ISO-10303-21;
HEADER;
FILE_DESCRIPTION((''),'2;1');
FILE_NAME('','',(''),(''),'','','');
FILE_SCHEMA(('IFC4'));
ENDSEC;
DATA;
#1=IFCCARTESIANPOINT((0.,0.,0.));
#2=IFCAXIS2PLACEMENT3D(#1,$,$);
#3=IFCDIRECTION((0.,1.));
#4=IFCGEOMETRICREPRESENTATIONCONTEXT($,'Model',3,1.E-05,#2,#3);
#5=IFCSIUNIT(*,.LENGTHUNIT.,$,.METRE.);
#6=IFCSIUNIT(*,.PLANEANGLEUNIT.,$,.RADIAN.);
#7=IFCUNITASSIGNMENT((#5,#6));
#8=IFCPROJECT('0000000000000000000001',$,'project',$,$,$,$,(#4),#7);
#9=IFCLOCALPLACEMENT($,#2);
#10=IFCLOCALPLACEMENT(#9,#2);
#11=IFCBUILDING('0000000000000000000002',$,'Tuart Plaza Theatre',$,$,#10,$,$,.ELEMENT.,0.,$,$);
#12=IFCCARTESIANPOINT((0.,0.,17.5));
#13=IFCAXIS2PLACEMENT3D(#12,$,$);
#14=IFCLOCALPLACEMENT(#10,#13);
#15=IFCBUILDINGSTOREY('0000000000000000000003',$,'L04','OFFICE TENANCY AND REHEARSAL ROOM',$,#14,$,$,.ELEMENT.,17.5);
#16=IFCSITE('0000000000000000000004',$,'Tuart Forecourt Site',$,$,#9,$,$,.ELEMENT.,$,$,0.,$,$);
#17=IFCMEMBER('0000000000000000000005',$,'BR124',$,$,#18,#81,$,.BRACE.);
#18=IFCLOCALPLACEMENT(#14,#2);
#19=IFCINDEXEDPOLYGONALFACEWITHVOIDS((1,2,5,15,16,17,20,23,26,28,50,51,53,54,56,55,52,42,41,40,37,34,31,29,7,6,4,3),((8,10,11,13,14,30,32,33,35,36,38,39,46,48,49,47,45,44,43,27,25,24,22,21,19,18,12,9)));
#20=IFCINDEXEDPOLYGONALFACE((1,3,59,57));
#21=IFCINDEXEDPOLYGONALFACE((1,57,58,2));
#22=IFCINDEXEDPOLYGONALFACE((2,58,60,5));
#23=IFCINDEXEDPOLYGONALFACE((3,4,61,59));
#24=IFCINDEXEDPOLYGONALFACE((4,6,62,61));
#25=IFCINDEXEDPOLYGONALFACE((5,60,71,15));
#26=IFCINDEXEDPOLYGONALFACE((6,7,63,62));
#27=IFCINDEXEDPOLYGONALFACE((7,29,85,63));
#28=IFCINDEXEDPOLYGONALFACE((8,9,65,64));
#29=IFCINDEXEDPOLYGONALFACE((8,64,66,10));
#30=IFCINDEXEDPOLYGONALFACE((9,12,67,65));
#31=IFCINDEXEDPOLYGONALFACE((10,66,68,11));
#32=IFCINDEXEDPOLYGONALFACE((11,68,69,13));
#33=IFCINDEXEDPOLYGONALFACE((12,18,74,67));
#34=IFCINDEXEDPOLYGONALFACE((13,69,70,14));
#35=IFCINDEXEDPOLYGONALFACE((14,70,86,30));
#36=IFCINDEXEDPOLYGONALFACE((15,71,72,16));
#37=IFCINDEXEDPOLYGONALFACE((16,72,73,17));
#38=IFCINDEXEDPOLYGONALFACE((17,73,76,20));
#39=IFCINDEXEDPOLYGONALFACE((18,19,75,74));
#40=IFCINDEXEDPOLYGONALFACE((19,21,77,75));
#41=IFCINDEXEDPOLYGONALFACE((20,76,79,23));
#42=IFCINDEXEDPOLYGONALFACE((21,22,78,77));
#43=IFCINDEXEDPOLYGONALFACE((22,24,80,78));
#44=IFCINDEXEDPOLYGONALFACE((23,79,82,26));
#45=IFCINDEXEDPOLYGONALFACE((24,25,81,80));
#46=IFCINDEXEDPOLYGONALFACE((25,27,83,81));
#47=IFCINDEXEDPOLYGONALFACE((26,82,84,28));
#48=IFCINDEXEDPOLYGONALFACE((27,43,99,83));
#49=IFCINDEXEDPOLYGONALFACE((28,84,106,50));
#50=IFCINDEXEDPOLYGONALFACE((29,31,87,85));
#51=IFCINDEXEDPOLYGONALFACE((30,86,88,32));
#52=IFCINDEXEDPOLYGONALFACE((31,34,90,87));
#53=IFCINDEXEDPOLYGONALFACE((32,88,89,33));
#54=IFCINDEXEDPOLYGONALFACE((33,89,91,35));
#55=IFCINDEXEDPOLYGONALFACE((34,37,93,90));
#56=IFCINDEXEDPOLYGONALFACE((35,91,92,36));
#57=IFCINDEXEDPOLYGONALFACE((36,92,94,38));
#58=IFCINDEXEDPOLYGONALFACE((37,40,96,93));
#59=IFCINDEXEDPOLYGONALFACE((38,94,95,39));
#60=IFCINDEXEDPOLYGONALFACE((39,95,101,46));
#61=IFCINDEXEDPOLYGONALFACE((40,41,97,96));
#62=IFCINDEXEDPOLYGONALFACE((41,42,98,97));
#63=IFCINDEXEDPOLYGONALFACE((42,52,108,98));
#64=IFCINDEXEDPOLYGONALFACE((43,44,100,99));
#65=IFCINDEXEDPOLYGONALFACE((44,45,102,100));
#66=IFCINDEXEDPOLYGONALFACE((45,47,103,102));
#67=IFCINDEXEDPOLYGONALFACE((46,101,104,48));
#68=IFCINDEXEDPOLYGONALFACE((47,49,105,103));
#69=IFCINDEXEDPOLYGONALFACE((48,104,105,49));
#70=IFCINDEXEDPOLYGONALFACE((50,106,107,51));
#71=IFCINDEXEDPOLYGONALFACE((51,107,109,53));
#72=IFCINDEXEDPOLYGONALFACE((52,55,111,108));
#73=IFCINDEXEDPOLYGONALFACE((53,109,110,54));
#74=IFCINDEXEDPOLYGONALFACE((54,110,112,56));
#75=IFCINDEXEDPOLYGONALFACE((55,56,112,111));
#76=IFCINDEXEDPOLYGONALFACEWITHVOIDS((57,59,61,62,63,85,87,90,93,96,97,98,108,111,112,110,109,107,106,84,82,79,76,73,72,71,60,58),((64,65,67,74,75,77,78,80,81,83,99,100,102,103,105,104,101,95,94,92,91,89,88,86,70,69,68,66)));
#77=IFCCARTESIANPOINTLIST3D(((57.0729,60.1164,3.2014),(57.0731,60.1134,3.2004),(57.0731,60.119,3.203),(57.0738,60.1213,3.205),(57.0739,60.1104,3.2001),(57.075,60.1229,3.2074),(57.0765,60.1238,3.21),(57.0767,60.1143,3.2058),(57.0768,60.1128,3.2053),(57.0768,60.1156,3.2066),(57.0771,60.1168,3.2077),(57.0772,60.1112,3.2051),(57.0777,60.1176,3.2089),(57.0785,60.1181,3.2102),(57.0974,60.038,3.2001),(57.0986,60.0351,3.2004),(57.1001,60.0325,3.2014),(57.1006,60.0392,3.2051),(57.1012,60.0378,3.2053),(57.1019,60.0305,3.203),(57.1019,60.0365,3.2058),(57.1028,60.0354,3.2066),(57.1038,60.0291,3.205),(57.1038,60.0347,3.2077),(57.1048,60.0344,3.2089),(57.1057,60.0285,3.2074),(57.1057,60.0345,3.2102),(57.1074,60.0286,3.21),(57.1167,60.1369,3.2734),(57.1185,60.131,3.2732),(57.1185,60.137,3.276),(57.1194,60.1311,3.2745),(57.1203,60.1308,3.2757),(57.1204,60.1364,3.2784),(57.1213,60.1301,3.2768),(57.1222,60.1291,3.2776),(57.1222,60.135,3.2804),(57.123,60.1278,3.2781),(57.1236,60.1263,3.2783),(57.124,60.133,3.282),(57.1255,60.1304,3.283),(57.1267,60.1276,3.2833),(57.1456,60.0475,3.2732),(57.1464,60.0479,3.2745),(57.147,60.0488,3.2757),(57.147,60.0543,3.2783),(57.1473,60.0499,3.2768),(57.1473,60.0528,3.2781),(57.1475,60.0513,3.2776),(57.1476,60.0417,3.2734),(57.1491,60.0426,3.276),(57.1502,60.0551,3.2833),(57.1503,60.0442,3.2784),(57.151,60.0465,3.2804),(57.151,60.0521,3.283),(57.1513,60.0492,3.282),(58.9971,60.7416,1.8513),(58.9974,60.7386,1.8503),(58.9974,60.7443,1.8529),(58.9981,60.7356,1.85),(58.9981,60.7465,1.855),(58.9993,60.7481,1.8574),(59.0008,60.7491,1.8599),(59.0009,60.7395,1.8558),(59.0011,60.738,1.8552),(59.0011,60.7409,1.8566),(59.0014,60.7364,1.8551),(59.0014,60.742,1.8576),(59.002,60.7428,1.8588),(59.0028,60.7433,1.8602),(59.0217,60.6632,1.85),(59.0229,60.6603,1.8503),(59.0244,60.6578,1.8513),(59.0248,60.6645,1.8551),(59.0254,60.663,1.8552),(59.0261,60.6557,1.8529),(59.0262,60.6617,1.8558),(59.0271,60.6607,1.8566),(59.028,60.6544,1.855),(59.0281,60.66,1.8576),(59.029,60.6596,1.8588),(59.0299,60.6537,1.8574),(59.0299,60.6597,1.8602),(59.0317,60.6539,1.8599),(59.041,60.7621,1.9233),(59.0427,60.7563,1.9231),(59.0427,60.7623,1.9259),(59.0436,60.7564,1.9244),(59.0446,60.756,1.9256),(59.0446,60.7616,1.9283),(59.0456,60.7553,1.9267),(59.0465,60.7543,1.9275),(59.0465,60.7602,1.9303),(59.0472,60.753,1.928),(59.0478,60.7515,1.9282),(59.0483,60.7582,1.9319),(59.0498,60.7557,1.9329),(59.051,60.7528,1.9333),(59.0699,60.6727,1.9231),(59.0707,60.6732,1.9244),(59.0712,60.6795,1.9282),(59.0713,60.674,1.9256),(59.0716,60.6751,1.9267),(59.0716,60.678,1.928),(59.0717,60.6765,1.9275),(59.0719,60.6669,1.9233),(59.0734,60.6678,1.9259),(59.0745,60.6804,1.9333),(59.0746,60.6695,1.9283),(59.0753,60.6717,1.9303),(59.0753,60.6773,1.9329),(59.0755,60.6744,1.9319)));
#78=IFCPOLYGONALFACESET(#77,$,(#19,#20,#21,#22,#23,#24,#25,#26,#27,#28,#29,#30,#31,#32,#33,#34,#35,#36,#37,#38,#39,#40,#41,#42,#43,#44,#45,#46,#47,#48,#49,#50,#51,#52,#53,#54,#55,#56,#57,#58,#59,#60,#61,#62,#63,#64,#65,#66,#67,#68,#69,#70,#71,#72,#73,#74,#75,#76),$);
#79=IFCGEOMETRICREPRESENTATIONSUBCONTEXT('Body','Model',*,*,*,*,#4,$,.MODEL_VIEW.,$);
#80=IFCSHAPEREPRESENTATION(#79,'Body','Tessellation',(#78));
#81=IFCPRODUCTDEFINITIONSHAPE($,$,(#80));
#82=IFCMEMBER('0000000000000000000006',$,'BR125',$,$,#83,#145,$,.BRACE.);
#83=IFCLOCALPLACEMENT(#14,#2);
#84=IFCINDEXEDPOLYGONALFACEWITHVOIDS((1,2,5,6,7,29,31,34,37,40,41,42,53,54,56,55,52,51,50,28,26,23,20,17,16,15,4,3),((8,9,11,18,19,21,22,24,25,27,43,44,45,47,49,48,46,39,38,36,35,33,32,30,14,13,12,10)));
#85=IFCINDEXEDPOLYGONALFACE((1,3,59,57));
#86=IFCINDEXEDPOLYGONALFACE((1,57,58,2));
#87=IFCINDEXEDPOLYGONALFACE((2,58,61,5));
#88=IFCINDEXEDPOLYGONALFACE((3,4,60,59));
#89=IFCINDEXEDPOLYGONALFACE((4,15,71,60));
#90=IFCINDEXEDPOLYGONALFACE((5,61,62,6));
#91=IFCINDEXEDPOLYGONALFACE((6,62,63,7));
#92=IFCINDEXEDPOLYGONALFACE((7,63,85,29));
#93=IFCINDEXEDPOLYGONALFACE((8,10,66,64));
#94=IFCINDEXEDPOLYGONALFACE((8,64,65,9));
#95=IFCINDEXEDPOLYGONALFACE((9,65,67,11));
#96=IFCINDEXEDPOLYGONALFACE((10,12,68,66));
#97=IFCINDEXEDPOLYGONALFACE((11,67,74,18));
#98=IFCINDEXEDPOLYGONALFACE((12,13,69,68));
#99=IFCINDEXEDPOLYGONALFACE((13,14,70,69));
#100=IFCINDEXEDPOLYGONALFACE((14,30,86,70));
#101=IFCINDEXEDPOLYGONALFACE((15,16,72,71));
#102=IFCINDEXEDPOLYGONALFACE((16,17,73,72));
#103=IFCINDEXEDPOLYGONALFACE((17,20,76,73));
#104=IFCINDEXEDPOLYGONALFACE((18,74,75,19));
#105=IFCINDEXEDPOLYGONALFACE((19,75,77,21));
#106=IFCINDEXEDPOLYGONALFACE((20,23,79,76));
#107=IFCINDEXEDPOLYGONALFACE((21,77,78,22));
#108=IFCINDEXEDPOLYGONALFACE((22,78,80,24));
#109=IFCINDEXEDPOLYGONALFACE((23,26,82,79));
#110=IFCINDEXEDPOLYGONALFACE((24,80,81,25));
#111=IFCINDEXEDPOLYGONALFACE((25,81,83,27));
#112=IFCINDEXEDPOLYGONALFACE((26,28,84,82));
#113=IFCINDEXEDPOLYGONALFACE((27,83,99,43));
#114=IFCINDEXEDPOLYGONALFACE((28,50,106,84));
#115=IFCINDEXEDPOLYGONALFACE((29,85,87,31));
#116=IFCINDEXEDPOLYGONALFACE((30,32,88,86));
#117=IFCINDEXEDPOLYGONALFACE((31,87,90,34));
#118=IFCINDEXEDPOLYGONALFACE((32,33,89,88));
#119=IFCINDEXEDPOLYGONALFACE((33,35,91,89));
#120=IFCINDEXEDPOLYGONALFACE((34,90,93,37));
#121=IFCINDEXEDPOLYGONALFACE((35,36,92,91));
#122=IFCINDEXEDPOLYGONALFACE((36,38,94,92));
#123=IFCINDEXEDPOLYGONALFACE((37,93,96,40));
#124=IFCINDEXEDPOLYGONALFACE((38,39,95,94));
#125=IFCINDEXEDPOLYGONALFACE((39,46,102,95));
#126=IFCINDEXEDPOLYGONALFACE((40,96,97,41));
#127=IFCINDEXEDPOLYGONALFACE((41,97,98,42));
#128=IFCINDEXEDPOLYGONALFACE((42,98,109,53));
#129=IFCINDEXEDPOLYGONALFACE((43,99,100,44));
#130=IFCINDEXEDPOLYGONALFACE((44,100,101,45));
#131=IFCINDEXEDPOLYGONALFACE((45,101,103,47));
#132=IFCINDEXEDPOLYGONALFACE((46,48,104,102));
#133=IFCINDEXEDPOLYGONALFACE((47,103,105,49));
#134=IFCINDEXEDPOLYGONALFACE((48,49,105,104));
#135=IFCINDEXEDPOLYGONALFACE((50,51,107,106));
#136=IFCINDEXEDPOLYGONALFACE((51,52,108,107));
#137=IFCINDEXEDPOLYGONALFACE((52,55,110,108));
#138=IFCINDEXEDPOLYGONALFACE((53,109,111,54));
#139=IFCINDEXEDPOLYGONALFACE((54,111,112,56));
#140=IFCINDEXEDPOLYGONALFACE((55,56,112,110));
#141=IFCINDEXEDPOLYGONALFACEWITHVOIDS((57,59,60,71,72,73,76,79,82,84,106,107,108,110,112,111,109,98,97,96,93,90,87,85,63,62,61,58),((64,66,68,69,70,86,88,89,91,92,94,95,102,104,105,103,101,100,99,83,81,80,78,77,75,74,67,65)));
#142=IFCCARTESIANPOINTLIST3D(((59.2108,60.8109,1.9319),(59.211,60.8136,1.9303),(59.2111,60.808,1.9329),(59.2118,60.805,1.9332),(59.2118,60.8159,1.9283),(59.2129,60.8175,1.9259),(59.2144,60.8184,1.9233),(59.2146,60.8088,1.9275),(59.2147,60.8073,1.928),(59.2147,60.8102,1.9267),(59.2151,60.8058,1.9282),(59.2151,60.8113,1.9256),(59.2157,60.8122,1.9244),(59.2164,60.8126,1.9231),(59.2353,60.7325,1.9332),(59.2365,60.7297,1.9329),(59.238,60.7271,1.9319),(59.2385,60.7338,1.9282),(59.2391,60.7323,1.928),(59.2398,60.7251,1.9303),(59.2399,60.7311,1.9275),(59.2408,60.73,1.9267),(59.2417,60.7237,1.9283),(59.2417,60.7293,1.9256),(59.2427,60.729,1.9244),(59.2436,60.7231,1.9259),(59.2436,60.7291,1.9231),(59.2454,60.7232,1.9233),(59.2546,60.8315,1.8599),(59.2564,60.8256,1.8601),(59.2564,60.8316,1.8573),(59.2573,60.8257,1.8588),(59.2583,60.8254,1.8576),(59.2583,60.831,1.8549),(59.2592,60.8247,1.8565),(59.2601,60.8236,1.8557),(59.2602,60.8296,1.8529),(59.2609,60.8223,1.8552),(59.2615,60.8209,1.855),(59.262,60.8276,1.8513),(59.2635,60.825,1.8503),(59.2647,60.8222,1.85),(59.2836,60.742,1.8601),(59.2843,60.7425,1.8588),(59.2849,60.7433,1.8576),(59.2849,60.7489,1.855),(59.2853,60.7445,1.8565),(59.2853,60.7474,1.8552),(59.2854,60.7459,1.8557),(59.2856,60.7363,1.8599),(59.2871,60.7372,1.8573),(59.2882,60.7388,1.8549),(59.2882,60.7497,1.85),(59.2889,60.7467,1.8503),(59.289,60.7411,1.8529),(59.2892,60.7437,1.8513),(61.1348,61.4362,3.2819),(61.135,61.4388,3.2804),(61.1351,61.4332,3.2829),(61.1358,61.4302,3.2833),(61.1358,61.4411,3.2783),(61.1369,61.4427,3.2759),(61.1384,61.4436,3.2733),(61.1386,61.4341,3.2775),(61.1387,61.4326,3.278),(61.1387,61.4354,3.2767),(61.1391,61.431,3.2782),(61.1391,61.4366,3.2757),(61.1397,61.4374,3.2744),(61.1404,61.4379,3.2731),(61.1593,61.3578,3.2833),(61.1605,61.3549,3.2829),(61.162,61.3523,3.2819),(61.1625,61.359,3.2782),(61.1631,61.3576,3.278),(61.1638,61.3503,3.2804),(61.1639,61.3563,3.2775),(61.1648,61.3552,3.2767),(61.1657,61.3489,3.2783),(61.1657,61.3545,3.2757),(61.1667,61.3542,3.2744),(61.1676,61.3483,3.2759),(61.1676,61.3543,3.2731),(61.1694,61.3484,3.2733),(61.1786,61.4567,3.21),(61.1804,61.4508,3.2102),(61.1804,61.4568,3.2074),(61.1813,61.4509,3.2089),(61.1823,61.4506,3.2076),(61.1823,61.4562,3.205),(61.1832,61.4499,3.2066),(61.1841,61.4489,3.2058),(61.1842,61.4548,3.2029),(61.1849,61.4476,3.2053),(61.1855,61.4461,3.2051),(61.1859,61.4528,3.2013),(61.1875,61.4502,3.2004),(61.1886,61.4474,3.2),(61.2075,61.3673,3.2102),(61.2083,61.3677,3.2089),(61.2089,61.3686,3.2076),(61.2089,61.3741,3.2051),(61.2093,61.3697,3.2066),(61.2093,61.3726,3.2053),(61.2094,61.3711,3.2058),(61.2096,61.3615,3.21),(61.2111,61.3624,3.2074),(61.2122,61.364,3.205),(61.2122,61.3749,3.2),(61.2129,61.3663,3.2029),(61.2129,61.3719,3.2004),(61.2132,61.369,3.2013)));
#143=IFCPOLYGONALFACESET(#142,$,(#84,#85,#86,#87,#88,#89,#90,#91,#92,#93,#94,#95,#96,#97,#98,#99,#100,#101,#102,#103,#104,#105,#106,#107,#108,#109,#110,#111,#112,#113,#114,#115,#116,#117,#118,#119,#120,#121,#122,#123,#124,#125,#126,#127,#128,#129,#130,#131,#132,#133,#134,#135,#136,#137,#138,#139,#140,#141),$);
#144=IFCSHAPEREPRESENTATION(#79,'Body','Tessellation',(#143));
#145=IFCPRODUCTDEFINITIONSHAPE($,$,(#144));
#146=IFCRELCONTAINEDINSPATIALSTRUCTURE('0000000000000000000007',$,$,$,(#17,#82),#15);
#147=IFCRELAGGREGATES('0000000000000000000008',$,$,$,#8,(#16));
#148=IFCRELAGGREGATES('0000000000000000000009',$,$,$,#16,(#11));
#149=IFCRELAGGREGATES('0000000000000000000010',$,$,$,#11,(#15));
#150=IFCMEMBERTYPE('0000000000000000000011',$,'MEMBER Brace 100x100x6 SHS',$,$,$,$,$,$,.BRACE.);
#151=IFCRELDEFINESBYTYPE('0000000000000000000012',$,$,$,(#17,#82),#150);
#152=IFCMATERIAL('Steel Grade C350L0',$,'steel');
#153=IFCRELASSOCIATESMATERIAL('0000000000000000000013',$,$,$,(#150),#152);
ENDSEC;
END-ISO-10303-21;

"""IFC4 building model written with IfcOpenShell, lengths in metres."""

from ifc_helpers import new_model, si_unit, direction, frame, origin, origin_2d, place, context, subcontext, project, spatial, hollow_rectangle, extrude, material, material_profile, profile_set, type_object, element, save


model = new_model("IFC4")

# Units and contexts
model_context = context("Model", 3, precision=1e-05, world=origin(), true_north=direction((0.0, 1.0)))
body_context = subcontext(model_context, "Body", "Model", "MODEL_VIEW")
ifc_project = project(units=[si_unit("LENGTHUNIT", "METRE"), si_unit("PLANEANGLEUNIT", "RADIAN")], contexts=[model_context])

# Site, building, storey
site_placement = place(None, origin())
site = spatial("IfcSite", under=ifc_project, at=site_placement, Name="Tuart Forecourt Site", CompositionType="ELEMENT", RefElevation=0.0)
building_placement = place(site_placement, origin())
building = spatial("IfcBuilding", under=site, at=building_placement, Name="Tuart Plaza Theatre", CompositionType="ELEMENT", ElevationOfRefHeight=0.0)
storey_placement = place(building_placement, frame((0.0, 0.0, 17.5)))
storey = spatial("IfcBuildingStorey", under=building, at=storey_placement, Name="L04", Description="OFFICE TENANCY AND REHEARSAL ROOM", CompositionType="ELEMENT", Elevation=17.5)

# Members
ifc_material_1 = material(Name="Steel Grade C350L0", Category="steel")
ifc_material_profile_1 = material_profile(ifc_material_1, hollow_rectangle(XDim=0.1001, YDim=0.1001, WallThickness=0.0061, InnerFilletRadius=0.0061, OuterFilletRadius=0.012, at=origin_2d()), Name="100x100x6 SHS")
ifc_profile_set_1 = profile_set([ifc_material_profile_1], Name="Steel Grade C350L0")
member_type_1 = type_object("IfcMemberType", Name="MEMBER Brace 100x100x6 SHS", PredefinedType="BRACE", material=ifc_profile_set_1)
member_1_placement = place(storey_placement, frame((57.1121, 60.0828, 3.2417), z_axis=(0.791111, 0.257046, -0.555042), x_axis=(-0.309015, 0.951057, 0.0)))
element("IfcMember", 1, at=member_1_placement, inside=storey, type_object=member_type_1, Name="BR124", PredefinedType="BRACE", context=body_context, shape_type="SweptSolid", body=[
    extrude(hollow_rectangle(XDim=0.1001, YDim=0.1001, WallThickness=0.0061, InnerFilletRadius=0.0061, OuterFilletRadius=0.012, at=origin_2d()), origin(), (0.0, 0.0, 1.0), 2.4324),
])
for number, where, z_axis, x_axis, name in (
    (2, (59.25, 60.7773, 1.8916), (0.791073, 0.257066, 0.555086), (-0.309051, 0.951046, 0.0), "BR125"),
):
    element("IfcMember", number, at=place(storey_placement, frame(where, z_axis=z_axis, x_axis=x_axis)), inside=storey, type_object=member_type_1, Name=name, PredefinedType="BRACE", context=body_context, shape_type="SweptSolid", body=[
        extrude(hollow_rectangle(XDim=0.1001, YDim=0.1001, WallThickness=0.0061, InnerFilletRadius=0.0061, OuterFilletRadius=0.012, at=origin_2d()), origin(), (0.0, 0.0, 1.0), 2.4321),
    ])

save(model, "model.ifc")
